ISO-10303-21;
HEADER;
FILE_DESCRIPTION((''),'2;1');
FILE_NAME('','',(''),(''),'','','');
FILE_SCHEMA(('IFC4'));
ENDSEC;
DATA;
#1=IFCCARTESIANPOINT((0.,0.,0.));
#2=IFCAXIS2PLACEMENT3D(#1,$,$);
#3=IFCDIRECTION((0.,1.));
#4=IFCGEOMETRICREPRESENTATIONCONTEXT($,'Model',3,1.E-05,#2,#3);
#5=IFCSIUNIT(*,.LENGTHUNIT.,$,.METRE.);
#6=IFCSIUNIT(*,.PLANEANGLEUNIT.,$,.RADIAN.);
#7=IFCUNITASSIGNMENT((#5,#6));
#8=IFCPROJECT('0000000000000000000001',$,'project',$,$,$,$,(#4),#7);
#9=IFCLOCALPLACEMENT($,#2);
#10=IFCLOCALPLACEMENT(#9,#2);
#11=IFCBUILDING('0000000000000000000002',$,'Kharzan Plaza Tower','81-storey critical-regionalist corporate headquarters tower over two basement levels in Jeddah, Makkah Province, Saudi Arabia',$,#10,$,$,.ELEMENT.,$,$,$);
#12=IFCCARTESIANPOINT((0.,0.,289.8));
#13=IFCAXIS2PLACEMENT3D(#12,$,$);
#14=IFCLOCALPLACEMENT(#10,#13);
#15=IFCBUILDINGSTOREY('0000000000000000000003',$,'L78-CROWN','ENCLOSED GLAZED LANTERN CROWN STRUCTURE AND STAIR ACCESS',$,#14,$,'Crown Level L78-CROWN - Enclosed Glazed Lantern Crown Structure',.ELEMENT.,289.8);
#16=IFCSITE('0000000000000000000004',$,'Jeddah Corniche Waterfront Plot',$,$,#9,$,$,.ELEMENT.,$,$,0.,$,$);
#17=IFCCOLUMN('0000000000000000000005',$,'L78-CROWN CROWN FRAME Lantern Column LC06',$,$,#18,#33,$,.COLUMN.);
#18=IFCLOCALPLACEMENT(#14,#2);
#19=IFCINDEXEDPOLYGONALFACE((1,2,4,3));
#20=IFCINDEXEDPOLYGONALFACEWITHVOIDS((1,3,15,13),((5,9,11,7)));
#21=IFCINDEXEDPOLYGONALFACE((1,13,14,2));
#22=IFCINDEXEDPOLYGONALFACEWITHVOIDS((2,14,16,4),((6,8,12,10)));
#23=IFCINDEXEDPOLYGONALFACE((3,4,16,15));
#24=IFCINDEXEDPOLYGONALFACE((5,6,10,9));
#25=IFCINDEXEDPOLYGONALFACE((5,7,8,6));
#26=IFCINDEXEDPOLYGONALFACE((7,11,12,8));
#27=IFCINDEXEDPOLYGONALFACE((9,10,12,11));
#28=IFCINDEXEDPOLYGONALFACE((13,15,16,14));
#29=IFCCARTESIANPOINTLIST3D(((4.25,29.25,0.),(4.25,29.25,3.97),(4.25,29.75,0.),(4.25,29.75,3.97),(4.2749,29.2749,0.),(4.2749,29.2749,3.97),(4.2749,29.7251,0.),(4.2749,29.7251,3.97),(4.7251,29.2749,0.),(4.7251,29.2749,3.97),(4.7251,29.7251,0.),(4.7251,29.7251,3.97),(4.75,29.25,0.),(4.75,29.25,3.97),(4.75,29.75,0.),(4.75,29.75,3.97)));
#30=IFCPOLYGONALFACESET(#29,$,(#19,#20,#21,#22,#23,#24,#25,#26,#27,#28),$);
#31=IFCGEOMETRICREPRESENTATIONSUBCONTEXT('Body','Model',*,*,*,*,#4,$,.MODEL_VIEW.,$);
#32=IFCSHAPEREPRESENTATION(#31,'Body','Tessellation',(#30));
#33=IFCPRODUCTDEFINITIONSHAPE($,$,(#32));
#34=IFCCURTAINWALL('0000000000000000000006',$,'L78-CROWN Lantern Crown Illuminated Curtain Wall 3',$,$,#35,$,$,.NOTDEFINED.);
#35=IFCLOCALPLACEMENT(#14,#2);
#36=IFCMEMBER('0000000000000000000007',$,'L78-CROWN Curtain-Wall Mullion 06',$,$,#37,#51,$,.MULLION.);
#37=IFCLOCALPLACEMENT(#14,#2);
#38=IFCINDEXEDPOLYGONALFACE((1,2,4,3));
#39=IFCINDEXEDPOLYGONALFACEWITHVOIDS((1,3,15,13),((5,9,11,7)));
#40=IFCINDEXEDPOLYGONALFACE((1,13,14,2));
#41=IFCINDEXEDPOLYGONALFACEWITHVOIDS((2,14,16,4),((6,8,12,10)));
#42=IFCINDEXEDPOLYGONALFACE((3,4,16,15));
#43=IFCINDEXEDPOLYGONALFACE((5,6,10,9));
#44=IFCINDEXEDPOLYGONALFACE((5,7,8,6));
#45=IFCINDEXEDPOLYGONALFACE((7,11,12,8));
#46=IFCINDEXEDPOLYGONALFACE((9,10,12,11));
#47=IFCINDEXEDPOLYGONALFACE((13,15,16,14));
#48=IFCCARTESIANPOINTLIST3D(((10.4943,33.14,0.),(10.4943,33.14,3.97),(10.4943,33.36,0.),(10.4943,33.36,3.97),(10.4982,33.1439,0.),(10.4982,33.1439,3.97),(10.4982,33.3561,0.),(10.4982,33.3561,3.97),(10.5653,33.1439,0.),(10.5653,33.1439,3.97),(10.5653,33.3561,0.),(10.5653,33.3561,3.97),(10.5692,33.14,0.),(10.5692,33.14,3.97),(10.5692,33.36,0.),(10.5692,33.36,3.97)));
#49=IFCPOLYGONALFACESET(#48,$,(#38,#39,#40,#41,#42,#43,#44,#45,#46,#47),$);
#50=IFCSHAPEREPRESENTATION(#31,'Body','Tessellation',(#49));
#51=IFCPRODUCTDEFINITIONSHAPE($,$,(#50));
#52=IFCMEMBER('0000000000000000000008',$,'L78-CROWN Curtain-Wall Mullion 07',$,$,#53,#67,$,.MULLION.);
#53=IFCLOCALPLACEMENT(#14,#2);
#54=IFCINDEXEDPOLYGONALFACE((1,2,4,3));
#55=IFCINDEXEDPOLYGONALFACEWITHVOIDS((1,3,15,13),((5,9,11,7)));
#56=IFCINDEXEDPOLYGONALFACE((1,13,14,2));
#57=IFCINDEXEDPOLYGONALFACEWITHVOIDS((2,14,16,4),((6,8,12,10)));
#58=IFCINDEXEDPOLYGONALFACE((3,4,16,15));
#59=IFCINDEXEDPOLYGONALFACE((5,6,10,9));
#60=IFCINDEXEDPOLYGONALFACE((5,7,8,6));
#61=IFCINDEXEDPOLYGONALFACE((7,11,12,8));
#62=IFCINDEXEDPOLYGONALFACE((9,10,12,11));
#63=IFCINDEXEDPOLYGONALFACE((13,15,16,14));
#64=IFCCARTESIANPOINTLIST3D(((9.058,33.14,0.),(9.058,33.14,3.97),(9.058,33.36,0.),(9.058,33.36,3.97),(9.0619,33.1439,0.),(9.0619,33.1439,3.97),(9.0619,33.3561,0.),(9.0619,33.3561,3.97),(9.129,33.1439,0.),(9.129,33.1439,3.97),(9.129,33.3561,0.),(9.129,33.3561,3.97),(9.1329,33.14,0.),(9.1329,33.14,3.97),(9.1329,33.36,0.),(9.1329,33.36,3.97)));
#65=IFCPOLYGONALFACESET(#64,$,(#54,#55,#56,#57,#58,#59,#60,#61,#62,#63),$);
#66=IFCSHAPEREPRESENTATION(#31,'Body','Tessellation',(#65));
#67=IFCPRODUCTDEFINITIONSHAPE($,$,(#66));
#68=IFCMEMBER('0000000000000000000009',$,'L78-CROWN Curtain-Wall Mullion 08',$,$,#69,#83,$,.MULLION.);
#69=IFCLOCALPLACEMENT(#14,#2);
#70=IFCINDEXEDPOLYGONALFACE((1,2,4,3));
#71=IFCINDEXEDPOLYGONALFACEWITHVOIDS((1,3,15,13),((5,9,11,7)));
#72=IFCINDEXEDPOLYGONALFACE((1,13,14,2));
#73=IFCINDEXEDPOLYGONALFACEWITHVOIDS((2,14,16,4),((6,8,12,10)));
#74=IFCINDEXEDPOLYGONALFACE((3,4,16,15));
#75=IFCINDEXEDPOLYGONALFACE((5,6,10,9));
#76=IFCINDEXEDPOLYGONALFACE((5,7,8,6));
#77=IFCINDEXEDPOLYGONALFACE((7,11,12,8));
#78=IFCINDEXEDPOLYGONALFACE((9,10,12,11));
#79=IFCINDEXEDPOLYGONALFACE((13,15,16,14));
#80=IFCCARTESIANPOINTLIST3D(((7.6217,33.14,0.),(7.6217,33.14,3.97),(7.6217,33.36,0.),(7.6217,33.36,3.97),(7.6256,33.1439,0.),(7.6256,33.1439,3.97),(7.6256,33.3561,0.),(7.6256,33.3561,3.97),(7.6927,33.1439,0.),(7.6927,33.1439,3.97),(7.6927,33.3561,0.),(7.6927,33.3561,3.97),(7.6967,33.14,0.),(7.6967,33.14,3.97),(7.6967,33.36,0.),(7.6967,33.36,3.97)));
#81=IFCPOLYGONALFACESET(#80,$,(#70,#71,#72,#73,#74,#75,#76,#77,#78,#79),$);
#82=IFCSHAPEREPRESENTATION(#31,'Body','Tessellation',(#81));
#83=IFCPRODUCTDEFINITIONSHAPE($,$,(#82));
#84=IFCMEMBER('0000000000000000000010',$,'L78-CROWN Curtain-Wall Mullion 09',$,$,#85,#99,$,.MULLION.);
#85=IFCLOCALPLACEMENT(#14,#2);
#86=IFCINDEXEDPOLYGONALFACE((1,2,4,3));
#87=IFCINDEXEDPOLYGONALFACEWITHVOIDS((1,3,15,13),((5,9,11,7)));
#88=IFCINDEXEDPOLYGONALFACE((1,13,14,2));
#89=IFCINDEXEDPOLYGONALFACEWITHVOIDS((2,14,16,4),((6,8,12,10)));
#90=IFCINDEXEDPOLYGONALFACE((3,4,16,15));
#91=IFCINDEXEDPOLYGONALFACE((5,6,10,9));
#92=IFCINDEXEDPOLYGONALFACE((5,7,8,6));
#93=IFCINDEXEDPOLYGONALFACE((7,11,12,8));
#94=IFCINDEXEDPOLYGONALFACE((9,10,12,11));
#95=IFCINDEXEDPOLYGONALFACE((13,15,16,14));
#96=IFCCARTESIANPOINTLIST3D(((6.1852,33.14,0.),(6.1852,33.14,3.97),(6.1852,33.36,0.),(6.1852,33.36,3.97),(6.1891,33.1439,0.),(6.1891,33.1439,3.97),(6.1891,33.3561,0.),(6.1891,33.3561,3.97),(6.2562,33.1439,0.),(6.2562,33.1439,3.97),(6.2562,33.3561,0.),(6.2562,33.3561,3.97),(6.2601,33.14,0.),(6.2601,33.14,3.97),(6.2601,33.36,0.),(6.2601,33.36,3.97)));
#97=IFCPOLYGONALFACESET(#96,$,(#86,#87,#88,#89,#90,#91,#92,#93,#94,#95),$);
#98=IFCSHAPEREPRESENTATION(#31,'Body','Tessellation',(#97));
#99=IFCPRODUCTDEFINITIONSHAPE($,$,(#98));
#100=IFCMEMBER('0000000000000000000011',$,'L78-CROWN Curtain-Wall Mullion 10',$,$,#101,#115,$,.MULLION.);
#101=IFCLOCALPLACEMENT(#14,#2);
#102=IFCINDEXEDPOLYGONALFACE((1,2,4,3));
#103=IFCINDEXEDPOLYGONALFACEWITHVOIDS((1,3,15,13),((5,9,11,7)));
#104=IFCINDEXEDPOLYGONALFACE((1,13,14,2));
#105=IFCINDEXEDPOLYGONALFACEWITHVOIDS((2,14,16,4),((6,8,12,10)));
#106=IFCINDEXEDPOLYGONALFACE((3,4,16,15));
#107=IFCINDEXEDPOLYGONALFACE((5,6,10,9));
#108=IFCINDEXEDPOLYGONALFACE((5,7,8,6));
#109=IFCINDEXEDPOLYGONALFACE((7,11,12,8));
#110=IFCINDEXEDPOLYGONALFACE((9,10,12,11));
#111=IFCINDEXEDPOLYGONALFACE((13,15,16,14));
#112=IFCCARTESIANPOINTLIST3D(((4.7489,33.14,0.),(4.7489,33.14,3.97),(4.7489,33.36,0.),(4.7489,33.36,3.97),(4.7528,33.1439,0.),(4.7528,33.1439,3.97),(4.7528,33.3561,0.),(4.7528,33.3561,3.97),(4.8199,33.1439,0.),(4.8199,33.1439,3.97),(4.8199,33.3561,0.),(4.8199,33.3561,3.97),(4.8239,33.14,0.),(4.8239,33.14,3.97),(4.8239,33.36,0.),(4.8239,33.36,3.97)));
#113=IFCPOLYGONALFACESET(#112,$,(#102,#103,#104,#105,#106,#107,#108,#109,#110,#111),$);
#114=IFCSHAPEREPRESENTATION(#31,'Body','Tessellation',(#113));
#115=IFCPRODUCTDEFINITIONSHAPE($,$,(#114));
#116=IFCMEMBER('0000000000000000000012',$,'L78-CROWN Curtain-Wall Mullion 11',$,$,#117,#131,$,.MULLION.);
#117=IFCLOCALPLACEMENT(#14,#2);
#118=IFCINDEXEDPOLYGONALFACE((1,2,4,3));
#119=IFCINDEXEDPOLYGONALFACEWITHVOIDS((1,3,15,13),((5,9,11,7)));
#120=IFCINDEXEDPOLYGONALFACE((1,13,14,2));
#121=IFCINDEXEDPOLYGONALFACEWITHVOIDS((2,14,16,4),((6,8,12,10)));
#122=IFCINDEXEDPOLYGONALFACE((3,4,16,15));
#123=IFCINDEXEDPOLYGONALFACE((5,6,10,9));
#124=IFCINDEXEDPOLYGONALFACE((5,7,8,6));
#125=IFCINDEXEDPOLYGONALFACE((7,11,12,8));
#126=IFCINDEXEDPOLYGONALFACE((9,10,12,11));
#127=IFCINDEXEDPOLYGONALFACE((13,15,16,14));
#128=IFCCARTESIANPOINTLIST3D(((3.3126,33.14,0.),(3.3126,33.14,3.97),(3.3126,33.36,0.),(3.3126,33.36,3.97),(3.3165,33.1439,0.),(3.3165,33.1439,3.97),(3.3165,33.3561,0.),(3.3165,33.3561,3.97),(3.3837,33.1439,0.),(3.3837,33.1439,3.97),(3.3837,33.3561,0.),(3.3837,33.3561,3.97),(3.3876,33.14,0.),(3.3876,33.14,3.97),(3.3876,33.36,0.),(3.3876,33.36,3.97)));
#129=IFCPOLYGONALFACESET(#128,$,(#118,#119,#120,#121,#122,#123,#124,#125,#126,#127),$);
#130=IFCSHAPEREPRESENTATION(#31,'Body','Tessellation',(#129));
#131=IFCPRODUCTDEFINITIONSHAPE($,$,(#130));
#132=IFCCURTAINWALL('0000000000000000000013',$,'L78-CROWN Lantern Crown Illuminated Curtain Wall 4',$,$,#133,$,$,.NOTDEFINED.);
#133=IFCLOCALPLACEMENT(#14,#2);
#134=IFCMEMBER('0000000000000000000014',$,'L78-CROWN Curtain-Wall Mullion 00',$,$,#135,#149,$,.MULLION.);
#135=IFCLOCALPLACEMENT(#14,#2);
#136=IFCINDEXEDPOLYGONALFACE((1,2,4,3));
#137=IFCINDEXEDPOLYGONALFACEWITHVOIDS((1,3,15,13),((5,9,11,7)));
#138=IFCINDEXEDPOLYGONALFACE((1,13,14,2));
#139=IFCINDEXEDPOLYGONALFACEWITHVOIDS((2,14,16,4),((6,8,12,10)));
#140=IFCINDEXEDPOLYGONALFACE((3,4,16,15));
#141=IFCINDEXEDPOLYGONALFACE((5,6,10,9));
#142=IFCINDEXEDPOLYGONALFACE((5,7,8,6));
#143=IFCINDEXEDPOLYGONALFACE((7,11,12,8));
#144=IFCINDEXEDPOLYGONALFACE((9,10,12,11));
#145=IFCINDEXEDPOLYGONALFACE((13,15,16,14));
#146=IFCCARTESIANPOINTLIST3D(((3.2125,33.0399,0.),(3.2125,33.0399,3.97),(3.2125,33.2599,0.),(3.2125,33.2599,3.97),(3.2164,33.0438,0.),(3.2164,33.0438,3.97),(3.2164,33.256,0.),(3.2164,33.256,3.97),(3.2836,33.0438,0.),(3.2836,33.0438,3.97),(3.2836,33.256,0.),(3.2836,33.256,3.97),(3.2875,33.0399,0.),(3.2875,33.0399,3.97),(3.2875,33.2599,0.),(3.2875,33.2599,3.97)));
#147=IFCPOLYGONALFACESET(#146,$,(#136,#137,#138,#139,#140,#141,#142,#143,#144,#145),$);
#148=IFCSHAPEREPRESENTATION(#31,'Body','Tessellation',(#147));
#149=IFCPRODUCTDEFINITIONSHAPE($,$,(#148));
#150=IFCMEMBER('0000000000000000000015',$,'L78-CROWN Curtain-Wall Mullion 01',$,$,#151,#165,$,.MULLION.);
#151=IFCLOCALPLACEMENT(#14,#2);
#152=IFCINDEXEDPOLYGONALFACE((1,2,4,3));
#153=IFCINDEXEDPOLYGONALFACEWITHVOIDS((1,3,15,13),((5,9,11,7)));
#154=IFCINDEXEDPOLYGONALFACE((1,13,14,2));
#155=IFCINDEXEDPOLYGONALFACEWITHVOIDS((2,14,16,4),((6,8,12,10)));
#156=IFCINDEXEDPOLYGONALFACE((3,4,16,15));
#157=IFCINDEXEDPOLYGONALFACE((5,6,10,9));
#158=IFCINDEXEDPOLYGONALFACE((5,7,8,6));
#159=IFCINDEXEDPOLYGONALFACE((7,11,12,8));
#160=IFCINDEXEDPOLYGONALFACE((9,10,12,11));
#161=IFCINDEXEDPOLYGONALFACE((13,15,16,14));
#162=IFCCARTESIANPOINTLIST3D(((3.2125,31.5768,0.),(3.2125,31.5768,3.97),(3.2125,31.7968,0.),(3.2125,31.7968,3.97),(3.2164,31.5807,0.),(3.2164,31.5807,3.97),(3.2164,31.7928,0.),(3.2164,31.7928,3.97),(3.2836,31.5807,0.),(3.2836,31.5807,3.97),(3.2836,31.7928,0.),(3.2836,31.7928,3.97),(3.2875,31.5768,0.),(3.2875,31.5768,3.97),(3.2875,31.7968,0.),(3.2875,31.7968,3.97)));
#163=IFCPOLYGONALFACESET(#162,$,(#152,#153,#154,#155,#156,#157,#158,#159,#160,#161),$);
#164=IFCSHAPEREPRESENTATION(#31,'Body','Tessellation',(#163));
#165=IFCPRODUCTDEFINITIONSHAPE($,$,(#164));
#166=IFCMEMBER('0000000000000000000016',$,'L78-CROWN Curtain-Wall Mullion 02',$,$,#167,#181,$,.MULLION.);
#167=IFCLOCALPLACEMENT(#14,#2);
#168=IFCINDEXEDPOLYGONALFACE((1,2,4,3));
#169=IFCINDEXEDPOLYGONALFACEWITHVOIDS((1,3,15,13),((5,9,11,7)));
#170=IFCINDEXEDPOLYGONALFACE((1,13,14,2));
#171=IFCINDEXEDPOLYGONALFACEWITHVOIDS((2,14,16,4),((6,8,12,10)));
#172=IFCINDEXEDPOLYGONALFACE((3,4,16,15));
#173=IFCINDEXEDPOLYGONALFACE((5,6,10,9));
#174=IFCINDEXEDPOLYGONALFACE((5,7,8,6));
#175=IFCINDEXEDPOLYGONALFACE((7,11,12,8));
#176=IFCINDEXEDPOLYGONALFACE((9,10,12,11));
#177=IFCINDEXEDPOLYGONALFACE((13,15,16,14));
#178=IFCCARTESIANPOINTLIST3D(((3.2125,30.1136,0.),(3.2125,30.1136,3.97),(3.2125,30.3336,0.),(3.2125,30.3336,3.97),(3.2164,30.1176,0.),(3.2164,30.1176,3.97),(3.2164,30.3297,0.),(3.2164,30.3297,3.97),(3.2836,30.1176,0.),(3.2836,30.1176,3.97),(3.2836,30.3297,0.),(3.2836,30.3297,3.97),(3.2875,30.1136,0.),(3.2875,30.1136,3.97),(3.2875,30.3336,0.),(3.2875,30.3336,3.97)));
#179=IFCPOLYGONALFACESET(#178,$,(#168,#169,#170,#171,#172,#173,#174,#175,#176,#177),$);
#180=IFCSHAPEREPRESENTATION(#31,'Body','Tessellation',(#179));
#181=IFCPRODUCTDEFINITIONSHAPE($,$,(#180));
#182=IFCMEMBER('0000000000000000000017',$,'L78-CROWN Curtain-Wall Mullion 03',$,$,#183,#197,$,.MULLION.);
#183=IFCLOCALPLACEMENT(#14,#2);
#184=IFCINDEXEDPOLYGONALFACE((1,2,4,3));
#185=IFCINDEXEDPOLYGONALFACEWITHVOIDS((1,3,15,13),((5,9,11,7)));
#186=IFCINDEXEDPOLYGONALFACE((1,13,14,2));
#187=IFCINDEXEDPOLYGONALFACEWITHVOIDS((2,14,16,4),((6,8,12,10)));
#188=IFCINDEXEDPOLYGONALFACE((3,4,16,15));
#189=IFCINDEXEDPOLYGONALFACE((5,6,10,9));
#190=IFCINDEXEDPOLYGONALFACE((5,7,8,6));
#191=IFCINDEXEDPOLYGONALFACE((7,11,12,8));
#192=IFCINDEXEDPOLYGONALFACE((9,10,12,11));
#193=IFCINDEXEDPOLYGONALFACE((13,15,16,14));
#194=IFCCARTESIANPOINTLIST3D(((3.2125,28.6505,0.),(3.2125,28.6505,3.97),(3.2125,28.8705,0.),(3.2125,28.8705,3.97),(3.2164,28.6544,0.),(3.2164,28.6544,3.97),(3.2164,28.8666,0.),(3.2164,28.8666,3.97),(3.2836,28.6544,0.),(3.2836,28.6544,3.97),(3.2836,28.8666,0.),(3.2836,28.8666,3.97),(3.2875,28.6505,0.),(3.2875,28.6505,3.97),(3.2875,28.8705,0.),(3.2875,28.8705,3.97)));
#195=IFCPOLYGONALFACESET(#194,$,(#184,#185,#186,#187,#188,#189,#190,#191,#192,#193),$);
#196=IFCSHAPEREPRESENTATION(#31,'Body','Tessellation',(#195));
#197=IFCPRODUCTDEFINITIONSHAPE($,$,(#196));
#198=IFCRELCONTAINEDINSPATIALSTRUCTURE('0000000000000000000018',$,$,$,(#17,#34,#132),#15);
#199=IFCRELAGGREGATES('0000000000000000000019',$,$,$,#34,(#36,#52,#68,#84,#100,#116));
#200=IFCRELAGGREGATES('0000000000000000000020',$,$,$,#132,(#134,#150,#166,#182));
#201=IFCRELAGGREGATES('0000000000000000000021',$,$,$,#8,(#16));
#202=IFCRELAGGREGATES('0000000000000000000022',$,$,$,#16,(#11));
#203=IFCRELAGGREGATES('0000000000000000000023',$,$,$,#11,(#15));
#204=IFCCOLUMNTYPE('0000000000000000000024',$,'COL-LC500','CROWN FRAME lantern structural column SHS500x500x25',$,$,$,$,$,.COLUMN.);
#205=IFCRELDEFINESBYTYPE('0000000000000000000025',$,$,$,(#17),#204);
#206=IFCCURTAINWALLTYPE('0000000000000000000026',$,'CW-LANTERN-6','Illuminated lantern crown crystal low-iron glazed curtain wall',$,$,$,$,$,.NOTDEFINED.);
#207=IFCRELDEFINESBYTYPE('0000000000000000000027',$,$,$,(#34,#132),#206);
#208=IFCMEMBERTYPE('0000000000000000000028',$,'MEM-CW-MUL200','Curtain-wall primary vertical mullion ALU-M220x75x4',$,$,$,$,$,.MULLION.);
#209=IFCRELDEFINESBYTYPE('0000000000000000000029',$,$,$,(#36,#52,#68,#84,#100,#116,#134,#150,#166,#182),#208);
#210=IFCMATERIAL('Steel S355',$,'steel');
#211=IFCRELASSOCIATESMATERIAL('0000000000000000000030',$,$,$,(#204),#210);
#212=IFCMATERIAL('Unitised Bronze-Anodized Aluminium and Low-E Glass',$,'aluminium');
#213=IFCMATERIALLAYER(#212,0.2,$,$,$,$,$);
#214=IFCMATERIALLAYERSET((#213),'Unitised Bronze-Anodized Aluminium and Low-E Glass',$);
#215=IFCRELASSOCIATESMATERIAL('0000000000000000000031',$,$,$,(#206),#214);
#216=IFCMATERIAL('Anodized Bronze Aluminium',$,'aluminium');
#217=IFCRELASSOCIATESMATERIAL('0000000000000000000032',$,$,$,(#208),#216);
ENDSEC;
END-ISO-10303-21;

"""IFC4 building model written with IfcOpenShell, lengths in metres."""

from ifc_helpers import new_model, si_unit, direction, frame, origin, origin_2d, place, context, subcontext, project, spatial, hollow_rectangle, extrude, source, transform, mapped, material, layer, layer_set, material_profile, profile_set, type_object, element, aggregate, save


model = new_model("IFC4")

# Units and contexts
model_context = context("Model", 3, precision=1e-05, world=origin(), true_north=direction((0.0, 1.0)))
body_context = subcontext(model_context, "Body", "Model", "MODEL_VIEW")
ifc_project = project(units=[si_unit("LENGTHUNIT", "METRE"), si_unit("PLANEANGLEUNIT", "RADIAN")], contexts=[model_context])

# Site, building, storey
site_placement = place(None, origin())
site = spatial("IfcSite", under=ifc_project, at=site_placement, Name="Jeddah Corniche Waterfront Plot", CompositionType="ELEMENT", RefElevation=0.0)
building_placement = place(site_placement, origin())
building = spatial("IfcBuilding", under=site, at=building_placement, Name="Kharzan Plaza Tower", Description="81-storey critical-regionalist corporate headquarters tower over two basement levels in Jeddah, Makkah Province, Saudi Arabia", CompositionType="ELEMENT")
storey_placement = place(building_placement, frame((0.0, 0.0, 289.8)))
storey = spatial("IfcBuildingStorey", under=building, at=storey_placement, Name="L78-CROWN", Description="ENCLOSED GLAZED LANTERN CROWN STRUCTURE AND STAIR ACCESS", LongName="Crown Level L78-CROWN - Enclosed Glazed Lantern Crown Structure", CompositionType="ELEMENT", Elevation=289.8)

# Column
ifc_material_1 = material(Name="Steel S355", Category="steel")
ifc_material_profile_1 = material_profile(ifc_material_1, hollow_rectangle(XDim=0.5, YDim=0.5, WallThickness=0.0249, at=origin_2d()), Name="SHS500x500x25")
ifc_profile_set_1 = profile_set([ifc_material_profile_1], Name="Steel S355")
column_type = type_object("IfcColumnType", Name="COL-LC500", Description="CROWN FRAME lantern structural column SHS500x500x25", PredefinedType="COLUMN", material=ifc_profile_set_1)
shared_shape_1 = source(origin(), body_context, "Body", "SweptSolid", [
    extrude(hollow_rectangle(XDim=0.5, YDim=0.5, WallThickness=0.0249, at=origin_2d()), origin(), (0.0, 0.0, 1.0), 3.97),
])
column_placement = place(storey_placement, frame((4.5, 29.5, 0.0), z_axis=(0.0, 0.0, 1.0), x_axis=(1.0, 0.0, 0.0)))
element("IfcColumn", 1, at=column_placement, inside=storey, type_object=column_type, Name="L78-CROWN CROWN FRAME Lantern Column LC06", PredefinedType="COLUMN", context=body_context, shape_type="MappedRepresentation", body=[
    mapped(shared_shape_1, transform((0.0, 0.0, 0.0), x_axis=(1.0, 0.0, 0.0), y_axis=(0.0, 1.0, 0.0), z_axis=(0.0, 0.0, 1.0))),
])

# Curtain walls, members
ifc_material_2 = material(Name="Unitised Bronze-Anodized Aluminium and Low-E Glass", Category="aluminium")
ifc_layer_1 = layer(ifc_material_2, 0.2)
ifc_layer_set_1 = layer_set([ifc_layer_1], Name="Unitised Bronze-Anodized Aluminium and Low-E Glass")
curtain_wall_type = type_object("IfcCurtainWallType", Name="CW-LANTERN-6", Description="Illuminated lantern crown crystal low-iron glazed curtain wall", PredefinedType="NOTDEFINED", material=ifc_layer_set_1)
curtain_wall_1_placement = place(storey_placement, origin())
curtain_wall_1 = element("IfcCurtainWall", 2, at=curtain_wall_1_placement, inside=storey, type_object=curtain_wall_type, Name="L78-CROWN Lantern Crown Illuminated Curtain Wall 3", PredefinedType="NOTDEFINED")
ifc_material_3 = material(Name="Anodized Bronze Aluminium", Category="aluminium")
ifc_material_profile_2 = material_profile(ifc_material_3, hollow_rectangle(XDim=0.075, YDim=0.22, WallThickness=0.0039, at=origin_2d()), Name="ALU-M220x75x4")
ifc_profile_set_2 = profile_set([ifc_material_profile_2], Name="Anodized Bronze Aluminium")
member_type_1 = type_object("IfcMemberType", Name="MEM-CW-MUL200", Description="Curtain-wall primary vertical mullion ALU-M220x75x4", PredefinedType="MULLION", material=ifc_profile_set_2)
shared_shape_2 = source(origin(), body_context, "Body", "SweptSolid", [
    extrude(hollow_rectangle(XDim=0.075, YDim=0.22, WallThickness=0.0039, at=origin_2d()), origin(), (0.0, 0.0, 1.0), 3.97),
])
member_1_placement = place(storey_placement, frame((10.5317, 33.25, 0.0), z_axis=(0.0, 0.0, 1.0), x_axis=(1.0, 0.0, 0.0)))
member_1 = element("IfcMember", 3, at=member_1_placement, type_object=member_type_1, Name="L78-CROWN Curtain-Wall Mullion 06", PredefinedType="MULLION", context=body_context, shape_type="MappedRepresentation", body=[
    mapped(shared_shape_2, transform((0.0, 0.0, 0.0), x_axis=(1.0, 0.0, 0.0), y_axis=(0.0, 1.0, 0.0), z_axis=(0.0, 0.0, 1.0))),
])
member_2_placement = place(storey_placement, frame((9.0955, 33.25, 0.0), z_axis=(0.0, 0.0, 1.0), x_axis=(1.0, 0.0, 0.0)))
member_2 = element("IfcMember", 4, at=member_2_placement, type_object=member_type_1, Name="L78-CROWN Curtain-Wall Mullion 07", PredefinedType="MULLION", context=body_context, shape_type="MappedRepresentation", body=[
    mapped(shared_shape_2, transform((0.0, 0.0, 0.0), x_axis=(1.0, 0.0, 0.0), y_axis=(0.0, 1.0, 0.0), z_axis=(0.0, 0.0, 1.0))),
])
member_3_placement = place(storey_placement, frame((7.6592, 33.25, 0.0), z_axis=(0.0, 0.0, 1.0), x_axis=(1.0, 0.0, 0.0)))
member_3 = element("IfcMember", 5, at=member_3_placement, type_object=member_type_1, Name="L78-CROWN Curtain-Wall Mullion 08", PredefinedType="MULLION", context=body_context, shape_type="MappedRepresentation", body=[
    mapped(shared_shape_2, transform((0.0, 0.0, 0.0), x_axis=(1.0, 0.0, 0.0), y_axis=(0.0, 1.0, 0.0), z_axis=(0.0, 0.0, 1.0))),
])
member_4_placement = place(storey_placement, frame((6.2227, 33.25, 0.0), z_axis=(0.0, 0.0, 1.0), x_axis=(1.0, 0.0, 0.0)))
member_4 = element("IfcMember", 6, at=member_4_placement, type_object=member_type_1, Name="L78-CROWN Curtain-Wall Mullion 09", PredefinedType="MULLION", context=body_context, shape_type="MappedRepresentation", body=[
    mapped(shared_shape_2, transform((0.0, 0.0, 0.0), x_axis=(1.0, 0.0, 0.0), y_axis=(0.0, 1.0, 0.0), z_axis=(0.0, 0.0, 1.0))),
])
member_5_placement = place(storey_placement, frame((4.7864, 33.25, 0.0), z_axis=(0.0, 0.0, 1.0), x_axis=(1.0, 0.0, 0.0)))
member_5 = element("IfcMember", 7, at=member_5_placement, type_object=member_type_1, Name="L78-CROWN Curtain-Wall Mullion 10", PredefinedType="MULLION", context=body_context, shape_type="MappedRepresentation", body=[
    mapped(shared_shape_2, transform((0.0, 0.0, 0.0), x_axis=(1.0, 0.0, 0.0), y_axis=(0.0, 1.0, 0.0), z_axis=(0.0, 0.0, 1.0))),
])
member_6_placement = place(storey_placement, frame((3.3501, 33.25, 0.0), z_axis=(0.0, 0.0, 1.0), x_axis=(1.0, 0.0, 0.0)))
member_6 = element("IfcMember", 8, at=member_6_placement, type_object=member_type_1, Name="L78-CROWN Curtain-Wall Mullion 11", PredefinedType="MULLION", context=body_context, shape_type="MappedRepresentation", body=[
    mapped(shared_shape_2, transform((0.0, 0.0, 0.0), x_axis=(1.0, 0.0, 0.0), y_axis=(0.0, 1.0, 0.0), z_axis=(0.0, 0.0, 1.0))),
])
curtain_wall_2_placement = place(storey_placement, origin())
curtain_wall_2 = element("IfcCurtainWall", 9, at=curtain_wall_2_placement, inside=storey, type_object=curtain_wall_type, Name="L78-CROWN Lantern Crown Illuminated Curtain Wall 4", PredefinedType="NOTDEFINED")
member_7_placement = place(storey_placement, frame((3.25, 33.1499, 0.0), z_axis=(0.0, 0.0, 1.0), x_axis=(1.0, 0.0, 0.0)))
member_7 = element("IfcMember", 10, at=member_7_placement, type_object=member_type_1, Name="L78-CROWN Curtain-Wall Mullion 00", PredefinedType="MULLION", context=body_context, shape_type="MappedRepresentation", body=[
    mapped(shared_shape_2, transform((0.0, 0.0, 0.0), x_axis=(1.0, 0.0, 0.0), y_axis=(0.0, 1.0, 0.0), z_axis=(0.0, 0.0, 1.0))),
])
member_8_placement = place(storey_placement, frame((3.25, 31.6868, 0.0), z_axis=(0.0, 0.0, 1.0), x_axis=(1.0, 0.0, 0.0)))
member_8 = element("IfcMember", 11, at=member_8_placement, type_object=member_type_1, Name="L78-CROWN Curtain-Wall Mullion 01", PredefinedType="MULLION", context=body_context, shape_type="MappedRepresentation", body=[
    mapped(shared_shape_2, transform((0.0, 0.0, 0.0), x_axis=(1.0, 0.0, 0.0), y_axis=(0.0, 1.0, 0.0), z_axis=(0.0, 0.0, 1.0))),
])
member_9_placement = place(storey_placement, frame((3.25, 30.2236, 0.0), z_axis=(0.0, 0.0, 1.0), x_axis=(1.0, 0.0, 0.0)))
member_9 = element("IfcMember", 12, at=member_9_placement, type_object=member_type_1, Name="L78-CROWN Curtain-Wall Mullion 02", PredefinedType="MULLION", context=body_context, shape_type="MappedRepresentation", body=[
    mapped(shared_shape_2, transform((0.0, 0.0, 0.0), x_axis=(1.0, 0.0, 0.0), y_axis=(0.0, 1.0, 0.0), z_axis=(0.0, 0.0, 1.0))),
])
member_10_placement = place(storey_placement, frame((3.25, 28.7605, 0.0), z_axis=(0.0, 0.0, 1.0), x_axis=(1.0, 0.0, 0.0)))
member_10 = element("IfcMember", 13, at=member_10_placement, type_object=member_type_1, Name="L78-CROWN Curtain-Wall Mullion 03", PredefinedType="MULLION", context=body_context, shape_type="MappedRepresentation", body=[
    mapped(shared_shape_2, transform((0.0, 0.0, 0.0), x_axis=(1.0, 0.0, 0.0), y_axis=(0.0, 1.0, 0.0), z_axis=(0.0, 0.0, 1.0))),
])

aggregate(curtain_wall_1, [member_1, member_2, member_3, member_4, member_5, member_6])
aggregate(curtain_wall_2, [member_7, member_8, member_9, member_10])

save(model, "model.ifc")
